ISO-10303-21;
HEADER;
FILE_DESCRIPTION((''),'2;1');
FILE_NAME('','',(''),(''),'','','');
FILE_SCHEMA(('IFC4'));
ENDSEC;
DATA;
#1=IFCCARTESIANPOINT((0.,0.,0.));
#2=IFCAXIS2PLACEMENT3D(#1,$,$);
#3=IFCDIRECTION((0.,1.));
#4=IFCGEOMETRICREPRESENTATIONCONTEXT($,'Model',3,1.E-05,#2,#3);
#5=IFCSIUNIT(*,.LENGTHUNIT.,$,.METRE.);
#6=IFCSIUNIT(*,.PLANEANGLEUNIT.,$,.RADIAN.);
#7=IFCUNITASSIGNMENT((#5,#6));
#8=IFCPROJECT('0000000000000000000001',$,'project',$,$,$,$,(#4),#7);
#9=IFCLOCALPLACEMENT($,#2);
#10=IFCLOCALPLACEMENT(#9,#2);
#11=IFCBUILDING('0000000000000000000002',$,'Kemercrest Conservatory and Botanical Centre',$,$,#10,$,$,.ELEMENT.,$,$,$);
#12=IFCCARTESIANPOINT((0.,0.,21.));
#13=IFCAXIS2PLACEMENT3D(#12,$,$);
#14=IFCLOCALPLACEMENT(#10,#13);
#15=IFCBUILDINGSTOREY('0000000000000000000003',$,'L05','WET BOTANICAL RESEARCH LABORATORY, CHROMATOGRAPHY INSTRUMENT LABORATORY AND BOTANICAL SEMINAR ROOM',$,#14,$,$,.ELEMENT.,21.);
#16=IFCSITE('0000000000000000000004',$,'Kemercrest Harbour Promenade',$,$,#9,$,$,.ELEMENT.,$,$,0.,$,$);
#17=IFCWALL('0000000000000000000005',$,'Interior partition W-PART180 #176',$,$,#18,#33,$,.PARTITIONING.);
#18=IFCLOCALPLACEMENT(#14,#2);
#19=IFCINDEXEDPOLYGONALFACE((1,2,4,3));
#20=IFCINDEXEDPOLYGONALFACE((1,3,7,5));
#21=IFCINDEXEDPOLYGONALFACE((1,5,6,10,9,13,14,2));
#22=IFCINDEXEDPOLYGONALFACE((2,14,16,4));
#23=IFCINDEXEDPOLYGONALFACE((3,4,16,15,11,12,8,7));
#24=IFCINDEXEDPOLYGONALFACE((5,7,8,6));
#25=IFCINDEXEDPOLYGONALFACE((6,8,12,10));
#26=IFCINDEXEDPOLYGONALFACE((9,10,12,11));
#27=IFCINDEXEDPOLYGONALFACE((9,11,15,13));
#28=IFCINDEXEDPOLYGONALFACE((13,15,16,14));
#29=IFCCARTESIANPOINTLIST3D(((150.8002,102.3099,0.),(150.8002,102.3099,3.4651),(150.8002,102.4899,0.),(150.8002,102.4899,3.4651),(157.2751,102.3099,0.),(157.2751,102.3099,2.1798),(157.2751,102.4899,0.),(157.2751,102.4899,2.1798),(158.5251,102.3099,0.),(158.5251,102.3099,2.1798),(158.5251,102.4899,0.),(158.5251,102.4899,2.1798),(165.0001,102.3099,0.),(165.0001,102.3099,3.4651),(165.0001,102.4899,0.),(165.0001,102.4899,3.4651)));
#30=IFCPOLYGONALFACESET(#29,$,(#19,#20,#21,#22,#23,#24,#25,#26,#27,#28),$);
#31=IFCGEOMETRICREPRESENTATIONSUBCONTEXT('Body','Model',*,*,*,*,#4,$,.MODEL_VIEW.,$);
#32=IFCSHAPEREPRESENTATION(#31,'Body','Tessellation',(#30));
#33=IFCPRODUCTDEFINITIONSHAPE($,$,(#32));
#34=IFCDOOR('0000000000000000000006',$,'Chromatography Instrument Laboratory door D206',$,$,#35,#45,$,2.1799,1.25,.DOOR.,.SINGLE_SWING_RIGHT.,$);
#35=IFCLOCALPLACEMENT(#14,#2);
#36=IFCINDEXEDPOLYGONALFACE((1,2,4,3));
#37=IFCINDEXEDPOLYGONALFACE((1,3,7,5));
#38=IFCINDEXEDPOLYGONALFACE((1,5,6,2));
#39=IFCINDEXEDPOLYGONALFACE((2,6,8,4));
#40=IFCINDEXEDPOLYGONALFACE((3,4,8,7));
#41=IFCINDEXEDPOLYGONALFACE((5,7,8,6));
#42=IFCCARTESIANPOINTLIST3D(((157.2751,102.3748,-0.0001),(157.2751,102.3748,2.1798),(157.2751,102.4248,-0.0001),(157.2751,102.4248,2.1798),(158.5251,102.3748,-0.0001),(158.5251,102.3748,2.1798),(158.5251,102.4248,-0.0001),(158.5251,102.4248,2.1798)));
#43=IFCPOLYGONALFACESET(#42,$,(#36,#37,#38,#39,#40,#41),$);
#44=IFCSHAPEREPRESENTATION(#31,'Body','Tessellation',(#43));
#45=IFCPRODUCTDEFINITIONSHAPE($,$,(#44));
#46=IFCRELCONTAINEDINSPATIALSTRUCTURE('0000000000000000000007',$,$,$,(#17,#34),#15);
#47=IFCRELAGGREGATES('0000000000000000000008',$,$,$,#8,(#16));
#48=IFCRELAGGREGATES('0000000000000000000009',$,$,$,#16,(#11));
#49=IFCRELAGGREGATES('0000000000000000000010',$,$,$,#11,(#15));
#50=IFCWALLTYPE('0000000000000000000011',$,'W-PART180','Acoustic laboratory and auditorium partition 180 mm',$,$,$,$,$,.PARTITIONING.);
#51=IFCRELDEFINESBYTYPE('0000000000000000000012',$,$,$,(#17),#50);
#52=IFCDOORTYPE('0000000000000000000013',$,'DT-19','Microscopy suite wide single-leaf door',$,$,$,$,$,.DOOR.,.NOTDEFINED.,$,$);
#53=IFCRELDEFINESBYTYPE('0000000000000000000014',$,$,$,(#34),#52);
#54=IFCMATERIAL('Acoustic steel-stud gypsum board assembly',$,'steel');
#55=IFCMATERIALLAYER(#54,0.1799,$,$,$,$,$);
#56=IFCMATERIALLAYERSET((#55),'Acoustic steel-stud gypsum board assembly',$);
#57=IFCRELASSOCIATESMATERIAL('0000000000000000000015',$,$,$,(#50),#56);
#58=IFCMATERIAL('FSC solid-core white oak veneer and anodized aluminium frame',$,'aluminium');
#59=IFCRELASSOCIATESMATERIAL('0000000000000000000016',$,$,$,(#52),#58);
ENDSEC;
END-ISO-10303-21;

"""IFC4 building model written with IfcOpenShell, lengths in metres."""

from ifc_helpers import new_model, si_unit, direction, frame, frame_2d, origin, place, context, subcontext, project, spatial, rectangle, extrude, material, layer, layer_set, type_object, element, fill, save


model = new_model("IFC4")

# Units and contexts
model_context = context("Model", 3, precision=1e-05, world=origin(), true_north=direction((0.0, 1.0)))
body_context = subcontext(model_context, "Body", "Model", "MODEL_VIEW")
ifc_project = project(units=[si_unit("LENGTHUNIT", "METRE"), si_unit("PLANEANGLEUNIT", "RADIAN")], contexts=[model_context])

# Site, building, storey
site_placement = place(None, origin())
site = spatial("IfcSite", under=ifc_project, at=site_placement, Name="Kemercrest Harbour Promenade", CompositionType="ELEMENT", RefElevation=0.0)
building_placement = place(site_placement, origin())
building = spatial("IfcBuilding", under=site, at=building_placement, Name="Kemercrest Conservatory and Botanical Centre", CompositionType="ELEMENT")
storey_placement = place(building_placement, frame((0.0, 0.0, 21.0)))
storey = spatial("IfcBuildingStorey", under=building, at=storey_placement, Name="L05", Description="WET BOTANICAL RESEARCH LABORATORY, CHROMATOGRAPHY INSTRUMENT LABORATORY AND BOTANICAL SEMINAR ROOM", CompositionType="ELEMENT", Elevation=21.0)

# Wall, opening, door
ifc_material_1 = material(Name="FSC solid-core white oak veneer and anodized aluminium frame", Category="aluminium")
ifc_material_2 = material(Name="Acoustic steel-stud gypsum board assembly", Category="steel")
ifc_layer_1 = layer(ifc_material_2, 0.1799)
ifc_layer_set_1 = layer_set([ifc_layer_1], Name="Acoustic steel-stud gypsum board assembly")
wall_type_1 = type_object("IfcWallType", Name="W-PART180", Description="Acoustic laboratory and auditorium partition 180 mm", PredefinedType="PARTITIONING", material=ifc_layer_set_1)
wall_1_placement = place(storey_placement, frame((150.8, 102.3999, 0.0), z_axis=(0.0, 0.0, 1.0), x_axis=(1.0, 0.0, 0.0)))
wall_1 = element("IfcWall", 1, at=wall_1_placement, inside=storey, type_object=wall_type_1, Name="Interior partition W-PART180 #176", PredefinedType="PARTITIONING", context=body_context, shape_type="SweptSolid", body=[
    extrude(rectangle(XDim=14.2, YDim=0.1799, at=frame_2d((7.1001, 0.0))), origin(), (0.0, 0.0, 1.0), 3.4651),
])
opening_1_placement = place(wall_1_placement, frame((6.4751, 0.0, 0.0)))
opening_1 = element("IfcOpeningElement", 2, at=opening_1_placement, cuts=wall_1, PredefinedType="OPENING", context=body_context, shape_type="SweptSolid", body=[
    extrude(rectangle(XDim=1.25, YDim=2.1799, at=frame_2d((0.625, 1.0898))), frame((0.0, 0.1001, 0.0), z_axis=(0.0, -1.0, 0.0), x_axis=(1.0, 0.0, 0.0)), (0.0, 0.0, 1.0), 0.2),
])
door_type_1 = type_object("IfcDoorType", Name="DT-19", Description="Microscopy suite wide single-leaf door", OperationType="NOTDEFINED", PredefinedType="DOOR", material=ifc_material_1)
door_1_placement = place(opening_1_placement, origin())
door_1 = element("IfcDoor", 3, at=door_1_placement, inside=storey, type_object=door_type_1, Name="Chromatography Instrument Laboratory door D206", OperationType="SINGLE_SWING_RIGHT", OverallHeight=2.1799, OverallWidth=1.25, PredefinedType="DOOR", context=body_context, shape_type="SweptSolid", body=[
    extrude(rectangle(XDim=1.25, YDim=2.1799, at=frame_2d((0.625, 1.0898))), frame((0.0, 0.0249, 0.0), z_axis=(0.0, -1.0, 0.0), x_axis=(1.0, 0.0, 0.0)), (0.0, 0.0, 1.0), 0.05),
])
fill(opening_1, door_1)

save(model, "model.ifc")
